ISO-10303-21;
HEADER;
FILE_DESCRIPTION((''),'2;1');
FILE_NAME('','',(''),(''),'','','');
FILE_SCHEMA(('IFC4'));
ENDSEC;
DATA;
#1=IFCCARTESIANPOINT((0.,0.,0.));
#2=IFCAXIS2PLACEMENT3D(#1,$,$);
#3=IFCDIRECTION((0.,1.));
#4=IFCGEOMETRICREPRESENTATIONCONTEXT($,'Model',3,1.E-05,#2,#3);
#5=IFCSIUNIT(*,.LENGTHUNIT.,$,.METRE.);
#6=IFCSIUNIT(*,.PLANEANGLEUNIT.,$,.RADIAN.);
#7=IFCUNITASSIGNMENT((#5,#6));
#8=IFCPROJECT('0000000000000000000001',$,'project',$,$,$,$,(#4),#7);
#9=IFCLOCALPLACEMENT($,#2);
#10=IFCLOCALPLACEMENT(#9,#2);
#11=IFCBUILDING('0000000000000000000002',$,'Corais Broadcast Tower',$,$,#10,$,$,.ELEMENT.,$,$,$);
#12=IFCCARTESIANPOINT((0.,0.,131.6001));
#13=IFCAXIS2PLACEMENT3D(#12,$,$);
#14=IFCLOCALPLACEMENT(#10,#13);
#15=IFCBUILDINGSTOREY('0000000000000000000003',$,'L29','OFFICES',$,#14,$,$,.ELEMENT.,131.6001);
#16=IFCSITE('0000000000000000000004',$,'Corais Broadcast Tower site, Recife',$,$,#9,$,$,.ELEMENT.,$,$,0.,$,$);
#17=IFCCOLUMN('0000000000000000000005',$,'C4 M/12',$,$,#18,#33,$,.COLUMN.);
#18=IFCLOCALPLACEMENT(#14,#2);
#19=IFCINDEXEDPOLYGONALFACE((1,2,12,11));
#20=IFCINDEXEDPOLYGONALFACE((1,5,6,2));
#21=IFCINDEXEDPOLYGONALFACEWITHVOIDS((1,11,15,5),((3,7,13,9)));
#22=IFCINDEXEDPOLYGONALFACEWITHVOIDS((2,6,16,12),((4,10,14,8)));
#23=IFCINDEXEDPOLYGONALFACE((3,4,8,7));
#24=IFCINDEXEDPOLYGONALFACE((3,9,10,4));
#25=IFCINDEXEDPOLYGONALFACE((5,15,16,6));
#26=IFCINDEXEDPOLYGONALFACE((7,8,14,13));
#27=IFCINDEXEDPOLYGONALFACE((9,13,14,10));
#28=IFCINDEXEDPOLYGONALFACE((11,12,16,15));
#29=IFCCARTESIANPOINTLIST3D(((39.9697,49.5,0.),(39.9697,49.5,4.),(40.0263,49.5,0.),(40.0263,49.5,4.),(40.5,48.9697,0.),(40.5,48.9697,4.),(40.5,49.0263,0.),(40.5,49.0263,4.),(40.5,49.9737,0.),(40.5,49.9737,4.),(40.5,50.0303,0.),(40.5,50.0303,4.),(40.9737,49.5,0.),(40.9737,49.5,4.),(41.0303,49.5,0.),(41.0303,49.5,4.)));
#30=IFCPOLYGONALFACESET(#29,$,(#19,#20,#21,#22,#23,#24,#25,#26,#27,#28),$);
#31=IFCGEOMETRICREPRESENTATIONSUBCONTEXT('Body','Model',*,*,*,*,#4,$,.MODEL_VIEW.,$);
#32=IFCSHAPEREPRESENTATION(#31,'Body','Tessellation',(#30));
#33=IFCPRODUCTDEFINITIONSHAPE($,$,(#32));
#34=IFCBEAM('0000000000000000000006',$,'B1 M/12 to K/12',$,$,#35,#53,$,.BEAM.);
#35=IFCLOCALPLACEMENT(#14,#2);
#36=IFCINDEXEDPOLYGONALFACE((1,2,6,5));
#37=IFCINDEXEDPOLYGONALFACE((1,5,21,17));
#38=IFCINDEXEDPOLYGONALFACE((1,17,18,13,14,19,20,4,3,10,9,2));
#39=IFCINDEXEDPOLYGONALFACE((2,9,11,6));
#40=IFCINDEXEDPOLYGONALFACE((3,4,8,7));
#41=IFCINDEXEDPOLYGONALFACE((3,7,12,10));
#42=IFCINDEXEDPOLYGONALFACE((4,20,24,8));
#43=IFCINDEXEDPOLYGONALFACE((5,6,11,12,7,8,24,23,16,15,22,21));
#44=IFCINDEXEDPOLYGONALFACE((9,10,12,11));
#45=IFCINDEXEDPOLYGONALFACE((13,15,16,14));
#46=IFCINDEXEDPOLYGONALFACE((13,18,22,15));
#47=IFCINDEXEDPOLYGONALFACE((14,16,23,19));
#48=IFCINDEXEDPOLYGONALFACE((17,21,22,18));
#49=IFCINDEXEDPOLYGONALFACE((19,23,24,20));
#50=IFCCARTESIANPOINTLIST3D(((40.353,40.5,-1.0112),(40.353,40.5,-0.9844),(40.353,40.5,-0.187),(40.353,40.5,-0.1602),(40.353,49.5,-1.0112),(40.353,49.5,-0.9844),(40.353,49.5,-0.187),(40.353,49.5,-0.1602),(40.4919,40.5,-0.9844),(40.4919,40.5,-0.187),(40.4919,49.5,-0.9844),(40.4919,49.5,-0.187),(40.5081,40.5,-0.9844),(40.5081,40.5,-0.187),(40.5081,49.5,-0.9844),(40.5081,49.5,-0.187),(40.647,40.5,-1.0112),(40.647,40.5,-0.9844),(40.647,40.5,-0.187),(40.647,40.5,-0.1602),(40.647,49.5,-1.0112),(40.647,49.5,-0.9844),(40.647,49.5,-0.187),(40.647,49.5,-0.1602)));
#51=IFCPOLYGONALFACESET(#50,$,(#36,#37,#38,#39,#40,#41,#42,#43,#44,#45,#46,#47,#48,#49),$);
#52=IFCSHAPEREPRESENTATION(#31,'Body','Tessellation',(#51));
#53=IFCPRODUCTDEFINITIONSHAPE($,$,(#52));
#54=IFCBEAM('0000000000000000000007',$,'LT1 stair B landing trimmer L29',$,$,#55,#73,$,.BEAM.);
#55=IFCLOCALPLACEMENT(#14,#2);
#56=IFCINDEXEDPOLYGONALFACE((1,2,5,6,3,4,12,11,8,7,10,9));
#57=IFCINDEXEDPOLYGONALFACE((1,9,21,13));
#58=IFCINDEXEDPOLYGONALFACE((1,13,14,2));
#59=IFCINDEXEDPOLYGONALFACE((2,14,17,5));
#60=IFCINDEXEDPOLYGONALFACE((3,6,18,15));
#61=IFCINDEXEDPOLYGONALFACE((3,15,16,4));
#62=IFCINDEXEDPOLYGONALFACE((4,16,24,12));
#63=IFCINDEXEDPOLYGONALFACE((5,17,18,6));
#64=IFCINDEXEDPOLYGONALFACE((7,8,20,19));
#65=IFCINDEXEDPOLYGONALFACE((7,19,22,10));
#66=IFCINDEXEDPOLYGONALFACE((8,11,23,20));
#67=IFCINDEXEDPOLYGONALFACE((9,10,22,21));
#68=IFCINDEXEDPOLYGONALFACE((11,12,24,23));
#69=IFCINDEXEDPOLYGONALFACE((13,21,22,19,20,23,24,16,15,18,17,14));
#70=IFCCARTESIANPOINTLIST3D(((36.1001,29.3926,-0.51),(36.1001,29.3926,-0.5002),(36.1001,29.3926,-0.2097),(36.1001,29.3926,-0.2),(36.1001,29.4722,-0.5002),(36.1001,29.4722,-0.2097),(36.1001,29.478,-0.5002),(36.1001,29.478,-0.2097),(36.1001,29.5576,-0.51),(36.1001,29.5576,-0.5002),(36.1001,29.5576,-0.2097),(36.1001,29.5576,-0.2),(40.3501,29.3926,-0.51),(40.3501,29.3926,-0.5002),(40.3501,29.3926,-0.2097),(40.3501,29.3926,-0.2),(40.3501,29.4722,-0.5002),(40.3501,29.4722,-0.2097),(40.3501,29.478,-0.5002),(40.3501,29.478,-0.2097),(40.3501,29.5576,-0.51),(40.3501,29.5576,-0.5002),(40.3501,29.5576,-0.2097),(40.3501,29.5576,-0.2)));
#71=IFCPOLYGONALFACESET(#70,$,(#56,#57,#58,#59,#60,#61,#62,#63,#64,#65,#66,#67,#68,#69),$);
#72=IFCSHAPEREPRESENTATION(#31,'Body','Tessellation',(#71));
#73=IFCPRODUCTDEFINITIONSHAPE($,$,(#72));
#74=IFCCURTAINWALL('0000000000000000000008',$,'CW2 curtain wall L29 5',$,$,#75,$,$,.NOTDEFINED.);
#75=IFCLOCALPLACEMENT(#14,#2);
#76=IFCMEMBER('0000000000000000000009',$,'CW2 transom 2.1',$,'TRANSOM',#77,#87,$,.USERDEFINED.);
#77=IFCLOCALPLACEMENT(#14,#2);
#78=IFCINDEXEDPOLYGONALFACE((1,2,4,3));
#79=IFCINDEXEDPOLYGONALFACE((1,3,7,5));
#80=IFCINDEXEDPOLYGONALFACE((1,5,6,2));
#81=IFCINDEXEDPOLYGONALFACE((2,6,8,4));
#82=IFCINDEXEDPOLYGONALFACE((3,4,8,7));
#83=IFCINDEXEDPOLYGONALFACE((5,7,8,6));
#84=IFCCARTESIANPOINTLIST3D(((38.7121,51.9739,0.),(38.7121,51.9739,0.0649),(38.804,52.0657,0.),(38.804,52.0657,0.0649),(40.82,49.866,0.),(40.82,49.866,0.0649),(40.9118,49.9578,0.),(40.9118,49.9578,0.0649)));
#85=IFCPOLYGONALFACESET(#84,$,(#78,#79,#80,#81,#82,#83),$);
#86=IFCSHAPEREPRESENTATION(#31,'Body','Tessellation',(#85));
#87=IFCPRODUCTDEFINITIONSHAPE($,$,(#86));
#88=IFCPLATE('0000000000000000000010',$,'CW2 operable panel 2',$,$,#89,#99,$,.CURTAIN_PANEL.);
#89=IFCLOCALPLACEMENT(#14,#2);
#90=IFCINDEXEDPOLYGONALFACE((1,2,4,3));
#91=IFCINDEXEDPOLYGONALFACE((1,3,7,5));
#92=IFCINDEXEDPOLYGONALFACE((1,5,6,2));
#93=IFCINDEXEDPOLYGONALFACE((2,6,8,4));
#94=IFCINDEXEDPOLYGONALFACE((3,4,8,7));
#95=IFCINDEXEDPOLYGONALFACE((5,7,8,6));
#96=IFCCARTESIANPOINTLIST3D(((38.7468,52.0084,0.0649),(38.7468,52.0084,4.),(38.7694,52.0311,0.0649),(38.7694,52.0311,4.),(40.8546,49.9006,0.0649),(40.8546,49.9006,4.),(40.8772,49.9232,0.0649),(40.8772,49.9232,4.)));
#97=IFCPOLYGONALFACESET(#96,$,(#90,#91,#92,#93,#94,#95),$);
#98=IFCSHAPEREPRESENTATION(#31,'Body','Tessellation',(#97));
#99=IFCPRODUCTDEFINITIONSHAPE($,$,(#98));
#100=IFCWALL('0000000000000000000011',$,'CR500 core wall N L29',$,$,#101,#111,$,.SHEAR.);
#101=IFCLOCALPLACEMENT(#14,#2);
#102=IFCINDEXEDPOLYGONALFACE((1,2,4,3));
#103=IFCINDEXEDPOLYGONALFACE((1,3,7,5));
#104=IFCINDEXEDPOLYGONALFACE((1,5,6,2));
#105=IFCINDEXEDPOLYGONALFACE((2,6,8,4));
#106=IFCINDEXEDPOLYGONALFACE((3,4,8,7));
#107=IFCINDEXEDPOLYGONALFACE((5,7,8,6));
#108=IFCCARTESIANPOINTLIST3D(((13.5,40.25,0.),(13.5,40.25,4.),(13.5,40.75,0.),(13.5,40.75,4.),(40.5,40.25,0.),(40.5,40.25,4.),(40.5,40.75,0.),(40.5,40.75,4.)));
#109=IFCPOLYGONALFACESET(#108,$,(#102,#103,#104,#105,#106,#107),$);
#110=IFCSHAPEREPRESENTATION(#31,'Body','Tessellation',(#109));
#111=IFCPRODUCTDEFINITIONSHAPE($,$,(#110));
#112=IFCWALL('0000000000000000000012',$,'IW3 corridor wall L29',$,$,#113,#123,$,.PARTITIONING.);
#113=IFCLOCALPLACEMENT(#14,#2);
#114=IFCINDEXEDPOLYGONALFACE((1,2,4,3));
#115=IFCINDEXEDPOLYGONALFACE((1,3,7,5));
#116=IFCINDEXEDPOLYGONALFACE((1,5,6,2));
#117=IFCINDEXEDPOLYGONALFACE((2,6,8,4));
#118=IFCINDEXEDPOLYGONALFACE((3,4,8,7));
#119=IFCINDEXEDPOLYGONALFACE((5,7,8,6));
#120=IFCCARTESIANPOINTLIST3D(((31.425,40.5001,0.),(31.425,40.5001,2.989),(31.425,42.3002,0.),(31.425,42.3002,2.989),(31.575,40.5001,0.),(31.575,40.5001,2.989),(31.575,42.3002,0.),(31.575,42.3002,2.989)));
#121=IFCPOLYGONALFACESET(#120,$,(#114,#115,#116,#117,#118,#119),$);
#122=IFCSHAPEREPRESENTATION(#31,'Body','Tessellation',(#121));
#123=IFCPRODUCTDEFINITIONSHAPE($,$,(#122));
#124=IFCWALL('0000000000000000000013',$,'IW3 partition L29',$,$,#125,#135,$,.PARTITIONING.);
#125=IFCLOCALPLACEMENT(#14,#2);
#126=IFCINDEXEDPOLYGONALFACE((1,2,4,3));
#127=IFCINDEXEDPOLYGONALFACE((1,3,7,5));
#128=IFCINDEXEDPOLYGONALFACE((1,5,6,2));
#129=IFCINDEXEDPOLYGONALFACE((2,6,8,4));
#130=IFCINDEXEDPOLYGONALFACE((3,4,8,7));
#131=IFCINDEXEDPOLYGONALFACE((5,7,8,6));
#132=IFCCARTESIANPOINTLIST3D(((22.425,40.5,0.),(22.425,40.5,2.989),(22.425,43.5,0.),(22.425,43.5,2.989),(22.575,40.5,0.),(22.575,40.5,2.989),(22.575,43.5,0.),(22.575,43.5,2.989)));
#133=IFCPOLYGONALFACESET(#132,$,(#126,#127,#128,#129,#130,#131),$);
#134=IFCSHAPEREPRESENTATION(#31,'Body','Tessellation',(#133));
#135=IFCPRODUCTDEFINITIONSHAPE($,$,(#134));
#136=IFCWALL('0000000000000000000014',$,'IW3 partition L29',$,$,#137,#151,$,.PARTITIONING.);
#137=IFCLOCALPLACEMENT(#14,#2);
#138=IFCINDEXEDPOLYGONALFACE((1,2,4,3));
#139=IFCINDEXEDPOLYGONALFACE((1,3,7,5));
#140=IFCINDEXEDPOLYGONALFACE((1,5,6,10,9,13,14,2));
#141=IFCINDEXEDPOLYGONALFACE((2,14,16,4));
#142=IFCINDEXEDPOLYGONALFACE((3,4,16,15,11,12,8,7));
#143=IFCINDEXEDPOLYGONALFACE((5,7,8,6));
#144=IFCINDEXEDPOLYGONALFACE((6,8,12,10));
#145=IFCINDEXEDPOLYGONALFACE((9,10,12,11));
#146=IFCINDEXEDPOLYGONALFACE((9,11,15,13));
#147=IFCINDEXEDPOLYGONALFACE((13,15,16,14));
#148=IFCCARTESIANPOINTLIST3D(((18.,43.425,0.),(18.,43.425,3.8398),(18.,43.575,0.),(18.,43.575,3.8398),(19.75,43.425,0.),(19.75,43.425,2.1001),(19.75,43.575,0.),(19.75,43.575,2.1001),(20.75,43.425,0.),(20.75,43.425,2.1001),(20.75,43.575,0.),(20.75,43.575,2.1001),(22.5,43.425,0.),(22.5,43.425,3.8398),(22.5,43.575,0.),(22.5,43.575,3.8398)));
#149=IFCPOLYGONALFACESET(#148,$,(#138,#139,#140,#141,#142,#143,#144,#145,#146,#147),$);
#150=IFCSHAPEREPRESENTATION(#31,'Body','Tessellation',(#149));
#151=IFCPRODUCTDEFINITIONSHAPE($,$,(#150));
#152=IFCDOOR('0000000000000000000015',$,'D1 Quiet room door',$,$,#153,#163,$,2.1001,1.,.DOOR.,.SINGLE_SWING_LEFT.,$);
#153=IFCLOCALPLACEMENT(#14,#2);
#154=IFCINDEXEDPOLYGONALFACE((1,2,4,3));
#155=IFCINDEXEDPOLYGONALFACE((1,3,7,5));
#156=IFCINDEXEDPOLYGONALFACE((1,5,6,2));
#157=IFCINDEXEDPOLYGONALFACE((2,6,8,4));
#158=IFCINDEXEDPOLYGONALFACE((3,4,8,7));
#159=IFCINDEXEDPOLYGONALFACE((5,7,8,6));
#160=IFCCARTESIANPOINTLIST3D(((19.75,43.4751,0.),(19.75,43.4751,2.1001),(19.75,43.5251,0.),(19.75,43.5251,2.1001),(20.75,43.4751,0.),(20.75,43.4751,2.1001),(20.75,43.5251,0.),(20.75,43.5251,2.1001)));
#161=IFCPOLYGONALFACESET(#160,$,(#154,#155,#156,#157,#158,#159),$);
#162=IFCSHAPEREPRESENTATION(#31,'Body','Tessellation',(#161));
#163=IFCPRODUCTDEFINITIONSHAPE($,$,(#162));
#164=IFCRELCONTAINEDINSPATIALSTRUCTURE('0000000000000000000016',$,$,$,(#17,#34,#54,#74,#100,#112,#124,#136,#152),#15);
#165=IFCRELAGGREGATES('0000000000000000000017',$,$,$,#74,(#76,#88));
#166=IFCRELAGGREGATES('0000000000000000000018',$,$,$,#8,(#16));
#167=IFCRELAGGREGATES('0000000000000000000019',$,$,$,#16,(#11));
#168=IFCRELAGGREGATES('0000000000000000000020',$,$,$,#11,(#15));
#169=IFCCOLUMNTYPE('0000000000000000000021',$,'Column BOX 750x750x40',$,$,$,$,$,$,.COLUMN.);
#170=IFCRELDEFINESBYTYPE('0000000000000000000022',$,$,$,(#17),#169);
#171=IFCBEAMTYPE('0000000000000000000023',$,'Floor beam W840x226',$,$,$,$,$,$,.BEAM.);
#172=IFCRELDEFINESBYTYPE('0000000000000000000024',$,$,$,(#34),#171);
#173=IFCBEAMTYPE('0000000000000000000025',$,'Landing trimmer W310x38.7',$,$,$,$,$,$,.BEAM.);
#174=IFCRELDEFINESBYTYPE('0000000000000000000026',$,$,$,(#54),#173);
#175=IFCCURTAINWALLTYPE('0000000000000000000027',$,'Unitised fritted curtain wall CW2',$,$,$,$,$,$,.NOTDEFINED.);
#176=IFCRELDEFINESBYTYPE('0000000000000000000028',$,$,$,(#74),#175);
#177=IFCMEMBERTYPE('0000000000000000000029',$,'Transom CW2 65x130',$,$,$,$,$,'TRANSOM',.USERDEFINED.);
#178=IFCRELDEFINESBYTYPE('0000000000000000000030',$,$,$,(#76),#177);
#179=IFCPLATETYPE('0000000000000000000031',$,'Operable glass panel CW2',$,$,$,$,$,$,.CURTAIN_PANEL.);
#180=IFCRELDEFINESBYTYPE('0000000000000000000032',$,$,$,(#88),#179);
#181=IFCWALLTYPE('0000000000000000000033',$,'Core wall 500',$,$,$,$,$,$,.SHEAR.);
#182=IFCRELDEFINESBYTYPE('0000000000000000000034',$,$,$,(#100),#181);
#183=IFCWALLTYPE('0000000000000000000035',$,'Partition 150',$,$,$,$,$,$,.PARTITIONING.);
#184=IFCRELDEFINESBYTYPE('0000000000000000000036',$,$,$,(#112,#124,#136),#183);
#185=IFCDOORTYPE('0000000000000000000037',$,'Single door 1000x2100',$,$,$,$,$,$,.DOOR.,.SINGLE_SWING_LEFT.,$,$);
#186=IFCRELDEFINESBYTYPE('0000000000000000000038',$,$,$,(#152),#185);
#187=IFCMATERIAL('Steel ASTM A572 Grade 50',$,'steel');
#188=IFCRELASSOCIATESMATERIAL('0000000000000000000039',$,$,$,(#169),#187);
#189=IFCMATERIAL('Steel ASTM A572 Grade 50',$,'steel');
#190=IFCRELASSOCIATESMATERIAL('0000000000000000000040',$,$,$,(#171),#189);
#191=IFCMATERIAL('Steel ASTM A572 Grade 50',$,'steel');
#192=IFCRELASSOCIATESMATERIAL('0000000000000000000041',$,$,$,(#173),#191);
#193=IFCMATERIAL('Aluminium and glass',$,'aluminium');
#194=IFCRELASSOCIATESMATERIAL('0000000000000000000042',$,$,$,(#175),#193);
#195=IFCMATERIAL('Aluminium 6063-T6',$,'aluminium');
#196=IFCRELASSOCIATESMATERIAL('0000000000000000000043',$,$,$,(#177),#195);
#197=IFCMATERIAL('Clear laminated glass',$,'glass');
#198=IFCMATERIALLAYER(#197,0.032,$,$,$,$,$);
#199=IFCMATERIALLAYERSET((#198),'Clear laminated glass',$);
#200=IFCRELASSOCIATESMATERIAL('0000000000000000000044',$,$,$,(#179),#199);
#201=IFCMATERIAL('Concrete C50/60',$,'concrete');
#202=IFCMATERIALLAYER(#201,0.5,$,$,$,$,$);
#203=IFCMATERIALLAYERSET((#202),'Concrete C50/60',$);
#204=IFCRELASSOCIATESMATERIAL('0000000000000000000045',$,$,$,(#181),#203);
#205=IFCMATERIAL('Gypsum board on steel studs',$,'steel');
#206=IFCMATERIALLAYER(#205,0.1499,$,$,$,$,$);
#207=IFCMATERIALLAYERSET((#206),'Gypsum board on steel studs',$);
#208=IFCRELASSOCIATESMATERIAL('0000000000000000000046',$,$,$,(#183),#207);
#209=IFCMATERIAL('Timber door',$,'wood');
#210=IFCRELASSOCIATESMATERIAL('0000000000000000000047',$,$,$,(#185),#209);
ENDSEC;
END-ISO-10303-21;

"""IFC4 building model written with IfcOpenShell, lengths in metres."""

from ifc_helpers import new_model, si_unit, direction, frame, frame_2d, origin, origin_2d, place, context, subcontext, project, spatial, rectangle, hollow_rectangle, i_section, extrude, material, layer, layer_set, material_profile, profile_set, type_object, element, fill, aggregate, save


model = new_model("IFC4")

# Units and contexts
model_context = context("Model", 3, precision=1e-05, world=origin(), true_north=direction((0.0, 1.0)))
body_context = subcontext(model_context, "Body", "Model", "MODEL_VIEW")
ifc_project = project(units=[si_unit("LENGTHUNIT", "METRE"), si_unit("PLANEANGLEUNIT", "RADIAN")], contexts=[model_context])

# Site, building, storey
site_placement = place(None, origin())
site = spatial("IfcSite", under=ifc_project, at=site_placement, Name="Corais Broadcast Tower site, Recife", CompositionType="ELEMENT", RefElevation=0.0)
building_placement = place(site_placement, origin())
building = spatial("IfcBuilding", under=site, at=building_placement, Name="Corais Broadcast Tower", CompositionType="ELEMENT")
storey_placement = place(building_placement, frame((0.0, 0.0, 131.6001)))
storey = spatial("IfcBuildingStorey", under=building, at=storey_placement, Name="L29", Description="OFFICES", CompositionType="ELEMENT", Elevation=131.6001)

# Column
ifc_material_1 = material(Name="Steel ASTM A572 Grade 50", Category="steel")
ifc_material_profile_1 = material_profile(ifc_material_1, hollow_rectangle(XDim=0.75, YDim=0.75, WallThickness=0.04, at=origin_2d()), Name="BOX 750x750x40")
ifc_profile_set_1 = profile_set([ifc_material_profile_1], Name="Steel ASTM A572 Grade 50")
column_type = type_object("IfcColumnType", Name="Column BOX 750x750x40", PredefinedType="COLUMN", material=ifc_profile_set_1)
column_placement = place(storey_placement, frame((40.5, 49.5, 0.0), z_axis=(0.0, 0.0, 1.0), x_axis=(0.707107, 0.707107, 0.0)))
element("IfcColumn", 1, at=column_placement, inside=storey, type_object=column_type, Name="C4 M/12", PredefinedType="COLUMN", context=body_context, shape_type="SweptSolid", body=[
    extrude(hollow_rectangle(XDim=0.75, YDim=0.75, WallThickness=0.04, at=origin_2d()), origin(), (0.0, 0.0, 1.0), 4.0),
])

# Beams
ifc_material_2 = material(Name="Steel ASTM A572 Grade 50", Category="steel")
ifc_material_profile_2 = material_profile(ifc_material_2, i_section(OverallWidth=0.2939, OverallDepth=0.8511, WebThickness=0.0161, FlangeThickness=0.0269, at=origin_2d()), Name="W840x226")
ifc_profile_set_2 = profile_set([ifc_material_profile_2], Name="Steel ASTM A572 Grade 50")
beam_type_1 = type_object("IfcBeamType", Name="Floor beam W840x226", PredefinedType="BEAM", material=ifc_profile_set_2)
beam_1_placement = place(storey_placement, frame((40.5, 49.5, -0.5857), z_axis=(0.0, -1.0, 0.0), x_axis=(1.0, 0.0, 0.0)))
element("IfcBeam", 2, at=beam_1_placement, inside=storey, type_object=beam_type_1, Name="B1 M/12 to K/12", PredefinedType="BEAM", context=body_context, shape_type="SweptSolid", body=[
    extrude(i_section(OverallWidth=0.2939, OverallDepth=0.8511, WebThickness=0.0161, FlangeThickness=0.0269, at=origin_2d()), origin(), (0.0, 0.0, 1.0), 9.0),
])
ifc_material_3 = material(Name="Steel ASTM A572 Grade 50", Category="steel")
ifc_material_profile_3 = material_profile(ifc_material_3, i_section(OverallWidth=0.165, OverallDepth=0.3101, WebThickness=0.0059, FlangeThickness=0.0098, at=origin_2d()), Name="W310x38.7")
ifc_profile_set_3 = profile_set([ifc_material_profile_3], Name="Steel ASTM A572 Grade 50")
beam_type_2 = type_object("IfcBeamType", Name="Landing trimmer W310x38.7", PredefinedType="BEAM", material=ifc_profile_set_3)
beam_2_placement = place(storey_placement, frame((36.1001, 29.4751, -0.355), z_axis=(1.0, 0.0, 0.0), x_axis=(0.0, 1.0, 0.0)))
element("IfcBeam", 3, at=beam_2_placement, inside=storey, type_object=beam_type_2, Name="LT1 stair B landing trimmer L29", PredefinedType="BEAM", context=body_context, shape_type="SweptSolid", body=[
    extrude(i_section(OverallWidth=0.165, OverallDepth=0.3101, WebThickness=0.0059, FlangeThickness=0.0098, at=origin_2d()), origin(), (0.0, 0.0, 1.0), 4.25),
])

# Curtain wall, member, plate
ifc_material_4 = material(Name="Aluminium and glass", Category="aluminium")
curtain_wall_type = type_object("IfcCurtainWallType", Name="Unitised fritted curtain wall CW2", PredefinedType="NOTDEFINED", material=ifc_material_4)
curtain_wall_placement = place(storey_placement, origin())
curtain_wall = element("IfcCurtainWall", 4, at=curtain_wall_placement, inside=storey, type_object=curtain_wall_type, Name="CW2 curtain wall L29 5", PredefinedType="NOTDEFINED")
ifc_material_5 = material(Name="Aluminium 6063-T6", Category="aluminium")
ifc_material_profile_4 = material_profile(ifc_material_5, rectangle(XDim=0.1299, YDim=0.0649, at=origin_2d()), Name="Transom CW2 65x130")
ifc_profile_set_4 = profile_set([ifc_material_profile_4], Name="Aluminium 6063-T6")
member_type = type_object("IfcMemberType", Name="Transom CW2 65x130", ElementType="TRANSOM", PredefinedType="USERDEFINED", material=ifc_profile_set_4)
member_placement = place(storey_placement, frame((38.7581, 52.0198, 0.0325), z_axis=(0.707107, -0.707107, 0.0), x_axis=(0.707107, 0.707107, 0.0)))
member = element("IfcMember", 5, at=member_placement, type_object=member_type, Name="CW2 transom 2.1", ObjectType="TRANSOM", PredefinedType="USERDEFINED", context=body_context, shape_type="SweptSolid", body=[
    extrude(rectangle(XDim=0.1299, YDim=0.0649, at=origin_2d()), origin(), (0.0, 0.0, 1.0), 2.981),
])
ifc_material_6 = material(Name="Clear laminated glass", Category="glass")
ifc_layer_1 = layer(ifc_material_6, 0.032)
ifc_layer_set_1 = layer_set([ifc_layer_1], Name="Clear laminated glass")
plate_type = type_object("IfcPlateType", Name="Operable glass panel CW2", PredefinedType="CURTAIN_PANEL", material=ifc_layer_set_1)
plate_placement = place(storey_placement, frame((39.812, 50.9658, 0.0649), z_axis=(0.0, 0.0, 1.0), x_axis=(0.707107, -0.707107, 0.0)))
plate = element("IfcPlate", 6, at=plate_placement, type_object=plate_type, Name="CW2 operable panel 2", PredefinedType="CURTAIN_PANEL", context=body_context, shape_type="SweptSolid", body=[
    extrude(rectangle(XDim=2.981, YDim=0.032, at=origin_2d()), origin(), (0.0, 0.0, 1.0), 3.9351),
])
aggregate(curtain_wall, [member, plate])

# Walls
ifc_material_7 = material(Name="Concrete C50/60", Category="concrete")
ifc_layer_2 = layer(ifc_material_7, 0.5)
ifc_layer_set_2 = layer_set([ifc_layer_2], Name="Concrete C50/60")
wall_type_1 = type_object("IfcWallType", Name="Core wall 500", PredefinedType="SHEAR", material=ifc_layer_set_2)
wall_1_placement = place(storey_placement, frame((40.5, 40.5, 0.0), z_axis=(0.0, 0.0, 1.0), x_axis=(-1.0, 0.0, 0.0)))
element("IfcWall", 7, at=wall_1_placement, inside=storey, type_object=wall_type_1, Name="CR500 core wall N L29", PredefinedType="SHEAR", context=body_context, shape_type="SweptSolid", body=[
    extrude(rectangle(XDim=27.0, YDim=0.5, at=frame_2d((13.5, 0.0))), origin(), (0.0, 0.0, 1.0), 4.0),
])
ifc_material_8 = material(Name="Gypsum board on steel studs", Category="steel")
ifc_layer_3 = layer(ifc_material_8, 0.1499)
ifc_layer_set_3 = layer_set([ifc_layer_3], Name="Gypsum board on steel studs")
wall_type_2 = type_object("IfcWallType", Name="Partition 150", PredefinedType="PARTITIONING", material=ifc_layer_set_3)
wall_2_placement = place(storey_placement, frame((31.5, 42.3, 0.0), z_axis=(0.0, 0.0, 1.0), x_axis=(0.0, -1.0, 0.0)))
element("IfcWall", 8, at=wall_2_placement, inside=storey, type_object=wall_type_2, Name="IW3 corridor wall L29", PredefinedType="PARTITIONING", context=body_context, shape_type="SweptSolid", body=[
    extrude(rectangle(XDim=1.8, YDim=0.1499, at=frame_2d((0.8999, 0.0))), origin(), (0.0, 0.0, 1.0), 2.989),
])
wall_3_placement = place(storey_placement, frame((22.5, 40.5, 0.0), z_axis=(0.0, 0.0, 1.0), x_axis=(0.0, 1.0, 0.0)))
element("IfcWall", 9, at=wall_3_placement, inside=storey, type_object=wall_type_2, Name="IW3 partition L29", PredefinedType="PARTITIONING", context=body_context, shape_type="SweptSolid", body=[
    extrude(rectangle(XDim=3.0, YDim=0.1499, at=frame_2d((1.5, 0.0))), origin(), (0.0, 0.0, 1.0), 2.989),
])

# Wall, opening, door
wall_4_placement = place(storey_placement, frame((22.5, 43.5, 0.0), z_axis=(0.0, 0.0, 1.0), x_axis=(-1.0, 0.0, 0.0)))
wall_4 = element("IfcWall", 10, at=wall_4_placement, inside=storey, type_object=wall_type_2, Name="IW3 partition L29", PredefinedType="PARTITIONING", context=body_context, shape_type="SweptSolid", body=[
    extrude(rectangle(XDim=4.5, YDim=0.1499, at=frame_2d((2.25, 0.0))), origin(), (0.0, 0.0, 1.0), 3.8398),
])
opening_1_placement = place(wall_4_placement, frame((1.75, 0.0, 0.0)))
opening_1 = element("IfcOpeningElement", 11, at=opening_1_placement, cuts=wall_4, PredefinedType="OPENING", context=body_context, shape_type="SweptSolid", body=[
    extrude(rectangle(XDim=1.0, YDim=2.1001, at=frame_2d((0.5, 1.05))), frame((0.0, 0.085, 0.0), z_axis=(0.0, -1.0, 0.0), x_axis=(1.0, 0.0, 0.0)), (0.0, 0.0, 1.0), 0.1699),
])
ifc_material_9 = material(Name="Timber door", Category="wood")
door_type = type_object("IfcDoorType", Name="Single door 1000x2100", OperationType="SINGLE_SWING_LEFT", PredefinedType="DOOR", material=ifc_material_9)
door_1_placement = place(opening_1_placement, origin())
door_1 = element("IfcDoor", 12, at=door_1_placement, inside=storey, type_object=door_type, Name="D1 Quiet room door", OperationType="SINGLE_SWING_LEFT", OverallHeight=2.1001, OverallWidth=1.0, PredefinedType="DOOR", context=body_context, shape_type="SweptSolid", body=[
    extrude(rectangle(XDim=1.0, YDim=2.1001, at=frame_2d((0.5, 1.05))), frame((0.0, 0.0249, 0.0), z_axis=(0.0, -1.0, 0.0), x_axis=(1.0, 0.0, 0.0)), (0.0, 0.0, 1.0), 0.05),
])
fill(opening_1, door_1)

save(model, "model.ifc")
